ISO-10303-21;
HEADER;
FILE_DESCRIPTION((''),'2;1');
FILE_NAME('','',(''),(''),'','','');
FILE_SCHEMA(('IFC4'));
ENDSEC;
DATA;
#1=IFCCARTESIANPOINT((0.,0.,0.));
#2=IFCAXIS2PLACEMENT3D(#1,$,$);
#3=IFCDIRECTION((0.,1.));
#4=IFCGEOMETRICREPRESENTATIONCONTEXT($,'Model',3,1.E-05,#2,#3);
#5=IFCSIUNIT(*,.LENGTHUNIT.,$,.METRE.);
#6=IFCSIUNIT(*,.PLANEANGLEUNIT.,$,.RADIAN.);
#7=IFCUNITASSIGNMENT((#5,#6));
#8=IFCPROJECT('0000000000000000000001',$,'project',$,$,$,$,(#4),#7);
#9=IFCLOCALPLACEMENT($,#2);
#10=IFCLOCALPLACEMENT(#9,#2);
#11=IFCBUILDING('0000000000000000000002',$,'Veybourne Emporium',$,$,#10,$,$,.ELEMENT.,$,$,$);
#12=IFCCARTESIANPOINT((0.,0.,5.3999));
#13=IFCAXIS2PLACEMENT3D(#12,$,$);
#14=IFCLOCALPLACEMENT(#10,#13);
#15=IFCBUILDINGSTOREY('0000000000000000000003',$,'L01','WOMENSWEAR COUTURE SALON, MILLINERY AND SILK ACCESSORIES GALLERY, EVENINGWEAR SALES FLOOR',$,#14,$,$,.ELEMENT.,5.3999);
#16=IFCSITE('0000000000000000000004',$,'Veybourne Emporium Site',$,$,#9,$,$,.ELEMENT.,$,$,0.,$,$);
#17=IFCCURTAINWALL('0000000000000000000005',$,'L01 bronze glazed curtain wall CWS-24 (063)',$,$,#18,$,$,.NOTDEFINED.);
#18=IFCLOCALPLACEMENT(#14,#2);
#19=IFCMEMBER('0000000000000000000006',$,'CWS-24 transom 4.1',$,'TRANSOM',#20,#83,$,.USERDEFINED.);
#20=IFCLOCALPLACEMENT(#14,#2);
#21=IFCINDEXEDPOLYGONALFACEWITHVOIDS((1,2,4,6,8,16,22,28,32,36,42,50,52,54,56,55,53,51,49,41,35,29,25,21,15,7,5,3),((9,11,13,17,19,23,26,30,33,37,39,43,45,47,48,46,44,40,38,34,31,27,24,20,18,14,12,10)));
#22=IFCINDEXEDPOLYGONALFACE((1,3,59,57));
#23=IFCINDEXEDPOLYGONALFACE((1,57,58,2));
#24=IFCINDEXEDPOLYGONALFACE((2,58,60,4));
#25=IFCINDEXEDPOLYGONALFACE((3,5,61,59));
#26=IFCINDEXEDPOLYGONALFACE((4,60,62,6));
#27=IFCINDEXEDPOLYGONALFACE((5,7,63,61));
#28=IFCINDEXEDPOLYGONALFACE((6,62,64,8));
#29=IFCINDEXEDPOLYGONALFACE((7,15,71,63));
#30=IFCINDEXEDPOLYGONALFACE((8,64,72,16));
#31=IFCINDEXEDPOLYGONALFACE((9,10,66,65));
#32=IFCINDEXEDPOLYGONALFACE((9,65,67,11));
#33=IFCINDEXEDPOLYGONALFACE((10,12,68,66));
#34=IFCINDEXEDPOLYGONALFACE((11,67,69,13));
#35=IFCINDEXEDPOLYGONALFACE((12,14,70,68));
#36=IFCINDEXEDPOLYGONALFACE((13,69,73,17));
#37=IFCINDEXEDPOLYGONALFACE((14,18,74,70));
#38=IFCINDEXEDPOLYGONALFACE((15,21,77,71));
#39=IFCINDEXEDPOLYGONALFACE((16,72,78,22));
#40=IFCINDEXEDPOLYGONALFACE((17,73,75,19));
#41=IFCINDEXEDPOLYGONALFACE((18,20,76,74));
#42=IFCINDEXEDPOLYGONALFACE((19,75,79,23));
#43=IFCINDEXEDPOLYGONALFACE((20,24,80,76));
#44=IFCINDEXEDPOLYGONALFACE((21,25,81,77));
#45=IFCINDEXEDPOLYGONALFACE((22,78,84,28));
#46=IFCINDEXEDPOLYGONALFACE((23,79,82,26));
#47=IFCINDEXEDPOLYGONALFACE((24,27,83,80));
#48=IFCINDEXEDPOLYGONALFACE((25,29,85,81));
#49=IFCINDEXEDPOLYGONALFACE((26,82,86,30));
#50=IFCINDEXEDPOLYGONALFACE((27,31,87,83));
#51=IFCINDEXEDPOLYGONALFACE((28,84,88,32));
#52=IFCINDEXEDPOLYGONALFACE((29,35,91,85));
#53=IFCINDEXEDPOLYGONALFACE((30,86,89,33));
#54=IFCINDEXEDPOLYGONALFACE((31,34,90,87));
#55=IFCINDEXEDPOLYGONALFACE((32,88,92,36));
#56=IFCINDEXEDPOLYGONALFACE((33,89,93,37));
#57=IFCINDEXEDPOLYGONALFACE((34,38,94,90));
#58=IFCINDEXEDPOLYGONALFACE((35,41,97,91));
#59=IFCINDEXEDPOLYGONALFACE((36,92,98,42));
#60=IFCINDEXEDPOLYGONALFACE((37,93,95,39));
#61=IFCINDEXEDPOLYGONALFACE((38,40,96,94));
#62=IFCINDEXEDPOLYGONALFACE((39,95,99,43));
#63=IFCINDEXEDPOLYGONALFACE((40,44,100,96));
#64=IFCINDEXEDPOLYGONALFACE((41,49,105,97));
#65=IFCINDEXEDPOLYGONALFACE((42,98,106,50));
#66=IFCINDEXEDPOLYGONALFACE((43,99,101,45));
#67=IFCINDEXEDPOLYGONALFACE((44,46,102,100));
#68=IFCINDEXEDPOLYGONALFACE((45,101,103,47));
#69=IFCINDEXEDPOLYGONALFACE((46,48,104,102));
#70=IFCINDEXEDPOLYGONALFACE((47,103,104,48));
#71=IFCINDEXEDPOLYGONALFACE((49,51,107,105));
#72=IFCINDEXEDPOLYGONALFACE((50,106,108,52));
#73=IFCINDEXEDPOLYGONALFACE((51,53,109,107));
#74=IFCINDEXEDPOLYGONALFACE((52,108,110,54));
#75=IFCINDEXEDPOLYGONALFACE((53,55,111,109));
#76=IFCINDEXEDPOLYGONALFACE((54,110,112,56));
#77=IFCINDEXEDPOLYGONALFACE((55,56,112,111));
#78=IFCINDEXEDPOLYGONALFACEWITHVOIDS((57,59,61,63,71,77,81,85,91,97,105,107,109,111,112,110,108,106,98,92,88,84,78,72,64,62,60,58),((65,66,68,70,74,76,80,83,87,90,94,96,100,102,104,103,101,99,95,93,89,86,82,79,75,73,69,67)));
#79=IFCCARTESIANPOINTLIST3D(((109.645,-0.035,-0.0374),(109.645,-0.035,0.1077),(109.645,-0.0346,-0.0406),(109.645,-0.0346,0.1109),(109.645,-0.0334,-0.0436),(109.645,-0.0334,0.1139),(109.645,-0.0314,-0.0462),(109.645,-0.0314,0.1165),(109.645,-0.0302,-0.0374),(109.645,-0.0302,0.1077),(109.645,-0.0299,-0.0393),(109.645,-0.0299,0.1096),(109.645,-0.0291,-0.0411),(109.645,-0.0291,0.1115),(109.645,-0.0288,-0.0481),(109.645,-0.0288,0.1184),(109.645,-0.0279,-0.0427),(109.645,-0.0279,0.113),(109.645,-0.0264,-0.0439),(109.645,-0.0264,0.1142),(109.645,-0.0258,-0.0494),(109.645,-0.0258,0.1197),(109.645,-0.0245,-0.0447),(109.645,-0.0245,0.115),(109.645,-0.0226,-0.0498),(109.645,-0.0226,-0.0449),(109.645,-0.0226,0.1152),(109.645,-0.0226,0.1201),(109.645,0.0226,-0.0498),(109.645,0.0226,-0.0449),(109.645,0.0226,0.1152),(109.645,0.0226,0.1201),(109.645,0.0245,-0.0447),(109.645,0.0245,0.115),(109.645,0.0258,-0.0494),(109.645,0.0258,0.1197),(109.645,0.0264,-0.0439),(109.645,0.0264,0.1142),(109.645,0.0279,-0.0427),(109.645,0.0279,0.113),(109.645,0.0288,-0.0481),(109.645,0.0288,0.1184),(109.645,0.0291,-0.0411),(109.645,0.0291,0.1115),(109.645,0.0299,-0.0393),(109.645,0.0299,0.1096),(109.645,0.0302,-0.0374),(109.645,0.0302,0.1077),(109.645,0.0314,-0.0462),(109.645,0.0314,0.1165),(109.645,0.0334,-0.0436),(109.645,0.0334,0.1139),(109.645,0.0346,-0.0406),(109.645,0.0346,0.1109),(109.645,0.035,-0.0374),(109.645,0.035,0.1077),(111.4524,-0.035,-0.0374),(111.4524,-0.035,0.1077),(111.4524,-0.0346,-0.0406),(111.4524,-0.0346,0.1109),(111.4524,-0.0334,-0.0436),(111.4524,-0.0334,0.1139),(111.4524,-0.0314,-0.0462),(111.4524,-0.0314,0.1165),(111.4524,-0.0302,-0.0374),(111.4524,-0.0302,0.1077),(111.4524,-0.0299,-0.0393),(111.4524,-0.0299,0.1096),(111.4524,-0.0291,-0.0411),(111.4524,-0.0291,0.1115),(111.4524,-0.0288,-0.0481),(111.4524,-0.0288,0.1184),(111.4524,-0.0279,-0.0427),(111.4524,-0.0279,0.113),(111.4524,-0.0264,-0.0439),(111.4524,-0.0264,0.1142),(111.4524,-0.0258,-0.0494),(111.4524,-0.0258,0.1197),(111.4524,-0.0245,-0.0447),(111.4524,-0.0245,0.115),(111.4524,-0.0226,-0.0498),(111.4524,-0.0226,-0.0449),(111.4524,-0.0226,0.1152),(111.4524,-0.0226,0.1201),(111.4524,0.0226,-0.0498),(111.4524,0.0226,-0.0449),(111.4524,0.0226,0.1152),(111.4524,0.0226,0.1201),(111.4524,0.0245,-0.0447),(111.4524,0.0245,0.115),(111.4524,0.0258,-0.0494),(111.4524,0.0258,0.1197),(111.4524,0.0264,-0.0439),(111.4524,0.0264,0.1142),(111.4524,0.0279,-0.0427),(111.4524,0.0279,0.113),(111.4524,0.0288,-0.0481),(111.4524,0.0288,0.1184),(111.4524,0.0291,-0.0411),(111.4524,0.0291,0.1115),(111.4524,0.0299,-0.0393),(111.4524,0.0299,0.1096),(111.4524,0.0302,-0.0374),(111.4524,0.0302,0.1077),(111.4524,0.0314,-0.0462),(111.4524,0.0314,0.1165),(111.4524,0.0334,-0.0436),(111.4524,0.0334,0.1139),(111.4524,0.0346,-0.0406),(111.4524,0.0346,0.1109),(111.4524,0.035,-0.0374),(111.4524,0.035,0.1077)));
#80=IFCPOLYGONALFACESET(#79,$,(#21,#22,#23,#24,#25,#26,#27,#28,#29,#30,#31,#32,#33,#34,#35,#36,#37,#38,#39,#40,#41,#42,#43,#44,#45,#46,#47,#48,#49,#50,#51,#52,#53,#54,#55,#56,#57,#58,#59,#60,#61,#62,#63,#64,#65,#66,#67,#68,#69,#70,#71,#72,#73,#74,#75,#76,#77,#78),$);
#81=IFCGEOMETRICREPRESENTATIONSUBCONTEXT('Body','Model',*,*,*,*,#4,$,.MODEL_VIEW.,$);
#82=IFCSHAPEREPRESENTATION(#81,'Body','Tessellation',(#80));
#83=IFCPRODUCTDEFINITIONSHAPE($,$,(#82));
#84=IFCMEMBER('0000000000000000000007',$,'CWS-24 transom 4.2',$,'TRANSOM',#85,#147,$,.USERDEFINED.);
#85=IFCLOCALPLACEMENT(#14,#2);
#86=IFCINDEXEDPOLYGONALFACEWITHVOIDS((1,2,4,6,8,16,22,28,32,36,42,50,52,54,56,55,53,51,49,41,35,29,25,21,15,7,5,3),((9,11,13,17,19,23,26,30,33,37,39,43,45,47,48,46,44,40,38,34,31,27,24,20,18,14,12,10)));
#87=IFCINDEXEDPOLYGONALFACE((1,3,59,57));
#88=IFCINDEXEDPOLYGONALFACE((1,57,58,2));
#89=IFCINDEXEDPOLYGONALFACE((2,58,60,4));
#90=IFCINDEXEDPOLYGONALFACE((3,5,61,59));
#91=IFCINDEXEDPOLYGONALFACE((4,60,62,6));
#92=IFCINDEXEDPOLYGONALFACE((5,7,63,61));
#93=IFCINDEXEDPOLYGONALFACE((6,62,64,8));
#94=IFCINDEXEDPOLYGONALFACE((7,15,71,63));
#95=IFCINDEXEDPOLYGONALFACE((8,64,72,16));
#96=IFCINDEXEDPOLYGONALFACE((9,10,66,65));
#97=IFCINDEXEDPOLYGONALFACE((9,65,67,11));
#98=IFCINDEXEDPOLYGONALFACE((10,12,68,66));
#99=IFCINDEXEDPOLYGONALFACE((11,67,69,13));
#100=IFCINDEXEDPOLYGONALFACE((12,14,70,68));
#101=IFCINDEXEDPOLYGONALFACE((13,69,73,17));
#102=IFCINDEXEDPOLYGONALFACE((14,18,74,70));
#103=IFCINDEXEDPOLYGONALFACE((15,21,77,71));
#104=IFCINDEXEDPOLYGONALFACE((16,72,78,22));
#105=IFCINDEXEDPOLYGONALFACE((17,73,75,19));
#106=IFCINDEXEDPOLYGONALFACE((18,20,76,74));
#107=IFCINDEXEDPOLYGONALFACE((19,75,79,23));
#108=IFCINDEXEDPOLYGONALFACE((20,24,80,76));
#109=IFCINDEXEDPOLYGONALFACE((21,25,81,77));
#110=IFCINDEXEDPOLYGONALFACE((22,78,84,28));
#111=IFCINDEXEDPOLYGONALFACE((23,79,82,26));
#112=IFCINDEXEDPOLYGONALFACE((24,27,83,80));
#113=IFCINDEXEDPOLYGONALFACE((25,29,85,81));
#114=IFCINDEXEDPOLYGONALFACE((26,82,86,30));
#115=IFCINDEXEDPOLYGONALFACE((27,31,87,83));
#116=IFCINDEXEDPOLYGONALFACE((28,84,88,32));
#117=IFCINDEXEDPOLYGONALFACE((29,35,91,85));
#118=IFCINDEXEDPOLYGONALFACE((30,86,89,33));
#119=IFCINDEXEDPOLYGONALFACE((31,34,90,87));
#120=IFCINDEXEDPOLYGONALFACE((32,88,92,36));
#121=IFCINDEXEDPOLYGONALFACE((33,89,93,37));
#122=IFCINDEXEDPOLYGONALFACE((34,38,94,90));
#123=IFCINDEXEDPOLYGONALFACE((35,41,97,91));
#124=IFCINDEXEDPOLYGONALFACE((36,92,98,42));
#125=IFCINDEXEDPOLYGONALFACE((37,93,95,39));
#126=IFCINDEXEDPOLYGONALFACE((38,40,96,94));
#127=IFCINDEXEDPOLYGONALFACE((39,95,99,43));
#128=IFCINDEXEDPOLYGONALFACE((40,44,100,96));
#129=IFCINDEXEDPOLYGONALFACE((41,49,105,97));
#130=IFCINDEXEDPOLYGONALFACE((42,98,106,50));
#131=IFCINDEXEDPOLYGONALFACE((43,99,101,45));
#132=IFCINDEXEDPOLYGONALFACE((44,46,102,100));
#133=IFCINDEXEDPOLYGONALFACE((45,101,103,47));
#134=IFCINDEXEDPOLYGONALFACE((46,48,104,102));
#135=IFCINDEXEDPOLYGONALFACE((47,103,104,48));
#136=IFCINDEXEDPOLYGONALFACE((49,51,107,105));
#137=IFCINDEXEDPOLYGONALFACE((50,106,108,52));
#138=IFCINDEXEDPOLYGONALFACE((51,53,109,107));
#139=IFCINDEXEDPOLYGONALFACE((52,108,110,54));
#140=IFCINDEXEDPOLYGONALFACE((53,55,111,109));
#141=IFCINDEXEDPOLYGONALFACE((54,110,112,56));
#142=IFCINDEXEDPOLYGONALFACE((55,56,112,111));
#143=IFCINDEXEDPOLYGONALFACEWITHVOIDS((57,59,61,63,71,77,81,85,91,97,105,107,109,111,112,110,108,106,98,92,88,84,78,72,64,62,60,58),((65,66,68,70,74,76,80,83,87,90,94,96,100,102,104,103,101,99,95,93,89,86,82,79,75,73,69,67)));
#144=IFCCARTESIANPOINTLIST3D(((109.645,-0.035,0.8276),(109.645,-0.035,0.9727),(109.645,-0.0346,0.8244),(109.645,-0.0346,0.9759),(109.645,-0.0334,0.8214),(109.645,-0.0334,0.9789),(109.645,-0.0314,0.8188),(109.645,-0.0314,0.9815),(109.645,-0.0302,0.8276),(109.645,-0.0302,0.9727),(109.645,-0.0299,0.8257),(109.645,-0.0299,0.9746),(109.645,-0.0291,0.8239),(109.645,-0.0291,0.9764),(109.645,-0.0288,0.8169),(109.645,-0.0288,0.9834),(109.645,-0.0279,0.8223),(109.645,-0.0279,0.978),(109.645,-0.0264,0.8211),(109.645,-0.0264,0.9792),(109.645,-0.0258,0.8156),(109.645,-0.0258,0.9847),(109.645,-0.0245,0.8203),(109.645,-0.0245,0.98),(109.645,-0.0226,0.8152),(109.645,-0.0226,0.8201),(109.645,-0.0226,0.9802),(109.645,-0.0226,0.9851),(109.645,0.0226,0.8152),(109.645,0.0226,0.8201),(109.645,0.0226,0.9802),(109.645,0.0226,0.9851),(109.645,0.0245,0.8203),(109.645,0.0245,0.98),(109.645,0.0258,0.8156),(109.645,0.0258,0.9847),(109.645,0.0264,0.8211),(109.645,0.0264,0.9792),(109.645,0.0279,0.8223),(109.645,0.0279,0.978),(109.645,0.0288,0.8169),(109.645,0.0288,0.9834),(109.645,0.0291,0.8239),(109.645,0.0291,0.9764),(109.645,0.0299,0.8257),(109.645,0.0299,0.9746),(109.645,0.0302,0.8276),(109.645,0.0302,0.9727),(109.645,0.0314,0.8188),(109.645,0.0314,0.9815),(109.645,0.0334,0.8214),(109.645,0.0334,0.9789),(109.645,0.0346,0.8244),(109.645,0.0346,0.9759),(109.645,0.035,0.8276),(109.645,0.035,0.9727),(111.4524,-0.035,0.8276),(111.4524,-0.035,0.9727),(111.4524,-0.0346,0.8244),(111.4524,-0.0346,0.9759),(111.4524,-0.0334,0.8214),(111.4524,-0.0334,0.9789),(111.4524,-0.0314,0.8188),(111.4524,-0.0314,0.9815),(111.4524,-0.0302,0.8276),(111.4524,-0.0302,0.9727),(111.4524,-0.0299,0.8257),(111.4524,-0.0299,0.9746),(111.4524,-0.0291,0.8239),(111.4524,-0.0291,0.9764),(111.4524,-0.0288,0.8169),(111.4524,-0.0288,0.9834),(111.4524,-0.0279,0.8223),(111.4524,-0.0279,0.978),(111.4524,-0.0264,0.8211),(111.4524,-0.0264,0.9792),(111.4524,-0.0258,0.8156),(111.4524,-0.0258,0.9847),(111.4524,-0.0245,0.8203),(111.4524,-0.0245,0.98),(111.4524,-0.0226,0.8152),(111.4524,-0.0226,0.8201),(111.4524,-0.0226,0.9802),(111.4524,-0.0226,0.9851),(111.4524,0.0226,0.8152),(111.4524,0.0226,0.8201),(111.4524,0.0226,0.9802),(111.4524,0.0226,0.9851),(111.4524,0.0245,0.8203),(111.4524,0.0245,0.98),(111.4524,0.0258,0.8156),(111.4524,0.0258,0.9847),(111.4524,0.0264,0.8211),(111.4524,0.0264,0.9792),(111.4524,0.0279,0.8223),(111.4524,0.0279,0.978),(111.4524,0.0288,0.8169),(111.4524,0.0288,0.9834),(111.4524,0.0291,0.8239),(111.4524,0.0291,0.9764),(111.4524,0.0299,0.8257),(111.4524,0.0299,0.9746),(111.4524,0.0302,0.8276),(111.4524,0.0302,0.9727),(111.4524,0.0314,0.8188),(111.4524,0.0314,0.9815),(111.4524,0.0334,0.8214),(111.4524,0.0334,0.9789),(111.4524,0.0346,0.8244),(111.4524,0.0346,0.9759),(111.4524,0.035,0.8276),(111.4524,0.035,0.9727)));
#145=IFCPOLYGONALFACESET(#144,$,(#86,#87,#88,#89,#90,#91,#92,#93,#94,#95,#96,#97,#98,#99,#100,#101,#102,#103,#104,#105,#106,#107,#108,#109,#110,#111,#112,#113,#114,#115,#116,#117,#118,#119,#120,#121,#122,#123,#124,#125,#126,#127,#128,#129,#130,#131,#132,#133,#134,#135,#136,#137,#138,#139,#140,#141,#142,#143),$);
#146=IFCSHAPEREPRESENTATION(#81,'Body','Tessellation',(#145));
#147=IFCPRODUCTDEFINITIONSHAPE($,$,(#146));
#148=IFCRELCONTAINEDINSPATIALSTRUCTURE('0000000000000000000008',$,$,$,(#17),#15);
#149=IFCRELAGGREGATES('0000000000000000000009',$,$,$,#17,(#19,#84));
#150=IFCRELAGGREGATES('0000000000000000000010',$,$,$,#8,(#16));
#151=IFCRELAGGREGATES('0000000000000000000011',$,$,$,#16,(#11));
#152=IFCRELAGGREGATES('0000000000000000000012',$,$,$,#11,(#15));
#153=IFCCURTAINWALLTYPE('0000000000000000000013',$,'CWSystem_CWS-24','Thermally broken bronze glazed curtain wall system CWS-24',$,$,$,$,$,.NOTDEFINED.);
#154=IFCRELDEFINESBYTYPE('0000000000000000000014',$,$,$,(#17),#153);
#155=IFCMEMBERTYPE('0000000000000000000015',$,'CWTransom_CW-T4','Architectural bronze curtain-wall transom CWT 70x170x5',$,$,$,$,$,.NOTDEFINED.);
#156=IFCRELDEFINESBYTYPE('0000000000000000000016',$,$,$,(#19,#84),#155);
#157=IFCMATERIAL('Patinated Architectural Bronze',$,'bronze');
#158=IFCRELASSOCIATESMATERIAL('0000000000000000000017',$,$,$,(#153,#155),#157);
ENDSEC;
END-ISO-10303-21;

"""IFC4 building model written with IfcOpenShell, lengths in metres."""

from ifc_helpers import new_model, si_unit, direction, frame, origin, origin_2d, place, context, subcontext, project, spatial, hollow_rectangle, extrude, material, material_profile, profile_set, type_object, element, aggregate, save


model = new_model("IFC4")

# Units and contexts
model_context = context("Model", 3, precision=1e-05, world=origin(), true_north=direction((0.0, 1.0)))
body_context = subcontext(model_context, "Body", "Model", "MODEL_VIEW")
ifc_project = project(units=[si_unit("LENGTHUNIT", "METRE"), si_unit("PLANEANGLEUNIT", "RADIAN")], contexts=[model_context])

# Site, building, storey
site_placement = place(None, origin())
site = spatial("IfcSite", under=ifc_project, at=site_placement, Name="Veybourne Emporium Site", CompositionType="ELEMENT", RefElevation=0.0)
building_placement = place(site_placement, origin())
building = spatial("IfcBuilding", under=site, at=building_placement, Name="Veybourne Emporium", CompositionType="ELEMENT")
storey_placement = place(building_placement, frame((0.0, 0.0, 5.3999)))
storey = spatial("IfcBuildingStorey", under=building, at=storey_placement, Name="L01", Description="WOMENSWEAR COUTURE SALON, MILLINERY AND SILK ACCESSORIES GALLERY, EVENINGWEAR SALES FLOOR", CompositionType="ELEMENT", Elevation=5.3999)

# Curtain wall, members
ifc_material_1 = material(Name="Patinated Architectural Bronze", Category="bronze")
curtain_wall_type = type_object("IfcCurtainWallType", Name="CWSystem_CWS-24", Description="Thermally broken bronze glazed curtain wall system CWS-24", PredefinedType="NOTDEFINED", material=ifc_material_1)
curtain_wall_placement = place(storey_placement, origin())
curtain_wall = element("IfcCurtainWall", 1, at=curtain_wall_placement, inside=storey, type_object=curtain_wall_type, Name="L01 bronze glazed curtain wall CWS-24 (063)", PredefinedType="NOTDEFINED")
ifc_material_profile_1 = material_profile(ifc_material_1, hollow_rectangle(XDim=0.0701, YDim=0.1699, WallThickness=0.0049, InnerFilletRadius=0.0076, OuterFilletRadius=0.0125, at=origin_2d()), Name="CWT 70x170x5")
ifc_profile_set_1 = profile_set([ifc_material_profile_1], Name="Patinated Architectural Bronze")
member_type_1 = type_object("IfcMemberType", Name="CWTransom_CW-T4", Description="Architectural bronze curtain-wall transom CWT 70x170x5", PredefinedType="NOTDEFINED", material=ifc_profile_set_1)
member_1_placement = place(storey_placement, frame((111.4524, 0.0, 0.0352), z_axis=(-1.0, 0.0, 0.0), x_axis=(0.0, -1.0, 0.0)))
member_1 = element("IfcMember", 2, at=member_1_placement, type_object=member_type_1, Name="CWS-24 transom 4.1", ObjectType="TRANSOM", PredefinedType="USERDEFINED", context=body_context, shape_type="SweptSolid", body=[
    extrude(hollow_rectangle(XDim=0.0701, YDim=0.1699, WallThickness=0.0049, InnerFilletRadius=0.0076, OuterFilletRadius=0.0125, at=origin_2d()), origin(), (0.0, 0.0, 1.0), 1.8074),
])
member_2_placement = place(storey_placement, frame((111.4524, 0.0, 0.9001), z_axis=(-1.0, 0.0, 0.0), x_axis=(0.0, -1.0, 0.0)))
member_2 = element("IfcMember", 3, at=member_2_placement, type_object=member_type_1, Name="CWS-24 transom 4.2", ObjectType="TRANSOM", PredefinedType="USERDEFINED", context=body_context, shape_type="SweptSolid", body=[
    extrude(hollow_rectangle(XDim=0.0701, YDim=0.1699, WallThickness=0.0049, InnerFilletRadius=0.0076, OuterFilletRadius=0.0125, at=origin_2d()), origin(), (0.0, 0.0, 1.0), 1.8074),
])

aggregate(curtain_wall, [member_1, member_2])

save(model, "model.ifc")
